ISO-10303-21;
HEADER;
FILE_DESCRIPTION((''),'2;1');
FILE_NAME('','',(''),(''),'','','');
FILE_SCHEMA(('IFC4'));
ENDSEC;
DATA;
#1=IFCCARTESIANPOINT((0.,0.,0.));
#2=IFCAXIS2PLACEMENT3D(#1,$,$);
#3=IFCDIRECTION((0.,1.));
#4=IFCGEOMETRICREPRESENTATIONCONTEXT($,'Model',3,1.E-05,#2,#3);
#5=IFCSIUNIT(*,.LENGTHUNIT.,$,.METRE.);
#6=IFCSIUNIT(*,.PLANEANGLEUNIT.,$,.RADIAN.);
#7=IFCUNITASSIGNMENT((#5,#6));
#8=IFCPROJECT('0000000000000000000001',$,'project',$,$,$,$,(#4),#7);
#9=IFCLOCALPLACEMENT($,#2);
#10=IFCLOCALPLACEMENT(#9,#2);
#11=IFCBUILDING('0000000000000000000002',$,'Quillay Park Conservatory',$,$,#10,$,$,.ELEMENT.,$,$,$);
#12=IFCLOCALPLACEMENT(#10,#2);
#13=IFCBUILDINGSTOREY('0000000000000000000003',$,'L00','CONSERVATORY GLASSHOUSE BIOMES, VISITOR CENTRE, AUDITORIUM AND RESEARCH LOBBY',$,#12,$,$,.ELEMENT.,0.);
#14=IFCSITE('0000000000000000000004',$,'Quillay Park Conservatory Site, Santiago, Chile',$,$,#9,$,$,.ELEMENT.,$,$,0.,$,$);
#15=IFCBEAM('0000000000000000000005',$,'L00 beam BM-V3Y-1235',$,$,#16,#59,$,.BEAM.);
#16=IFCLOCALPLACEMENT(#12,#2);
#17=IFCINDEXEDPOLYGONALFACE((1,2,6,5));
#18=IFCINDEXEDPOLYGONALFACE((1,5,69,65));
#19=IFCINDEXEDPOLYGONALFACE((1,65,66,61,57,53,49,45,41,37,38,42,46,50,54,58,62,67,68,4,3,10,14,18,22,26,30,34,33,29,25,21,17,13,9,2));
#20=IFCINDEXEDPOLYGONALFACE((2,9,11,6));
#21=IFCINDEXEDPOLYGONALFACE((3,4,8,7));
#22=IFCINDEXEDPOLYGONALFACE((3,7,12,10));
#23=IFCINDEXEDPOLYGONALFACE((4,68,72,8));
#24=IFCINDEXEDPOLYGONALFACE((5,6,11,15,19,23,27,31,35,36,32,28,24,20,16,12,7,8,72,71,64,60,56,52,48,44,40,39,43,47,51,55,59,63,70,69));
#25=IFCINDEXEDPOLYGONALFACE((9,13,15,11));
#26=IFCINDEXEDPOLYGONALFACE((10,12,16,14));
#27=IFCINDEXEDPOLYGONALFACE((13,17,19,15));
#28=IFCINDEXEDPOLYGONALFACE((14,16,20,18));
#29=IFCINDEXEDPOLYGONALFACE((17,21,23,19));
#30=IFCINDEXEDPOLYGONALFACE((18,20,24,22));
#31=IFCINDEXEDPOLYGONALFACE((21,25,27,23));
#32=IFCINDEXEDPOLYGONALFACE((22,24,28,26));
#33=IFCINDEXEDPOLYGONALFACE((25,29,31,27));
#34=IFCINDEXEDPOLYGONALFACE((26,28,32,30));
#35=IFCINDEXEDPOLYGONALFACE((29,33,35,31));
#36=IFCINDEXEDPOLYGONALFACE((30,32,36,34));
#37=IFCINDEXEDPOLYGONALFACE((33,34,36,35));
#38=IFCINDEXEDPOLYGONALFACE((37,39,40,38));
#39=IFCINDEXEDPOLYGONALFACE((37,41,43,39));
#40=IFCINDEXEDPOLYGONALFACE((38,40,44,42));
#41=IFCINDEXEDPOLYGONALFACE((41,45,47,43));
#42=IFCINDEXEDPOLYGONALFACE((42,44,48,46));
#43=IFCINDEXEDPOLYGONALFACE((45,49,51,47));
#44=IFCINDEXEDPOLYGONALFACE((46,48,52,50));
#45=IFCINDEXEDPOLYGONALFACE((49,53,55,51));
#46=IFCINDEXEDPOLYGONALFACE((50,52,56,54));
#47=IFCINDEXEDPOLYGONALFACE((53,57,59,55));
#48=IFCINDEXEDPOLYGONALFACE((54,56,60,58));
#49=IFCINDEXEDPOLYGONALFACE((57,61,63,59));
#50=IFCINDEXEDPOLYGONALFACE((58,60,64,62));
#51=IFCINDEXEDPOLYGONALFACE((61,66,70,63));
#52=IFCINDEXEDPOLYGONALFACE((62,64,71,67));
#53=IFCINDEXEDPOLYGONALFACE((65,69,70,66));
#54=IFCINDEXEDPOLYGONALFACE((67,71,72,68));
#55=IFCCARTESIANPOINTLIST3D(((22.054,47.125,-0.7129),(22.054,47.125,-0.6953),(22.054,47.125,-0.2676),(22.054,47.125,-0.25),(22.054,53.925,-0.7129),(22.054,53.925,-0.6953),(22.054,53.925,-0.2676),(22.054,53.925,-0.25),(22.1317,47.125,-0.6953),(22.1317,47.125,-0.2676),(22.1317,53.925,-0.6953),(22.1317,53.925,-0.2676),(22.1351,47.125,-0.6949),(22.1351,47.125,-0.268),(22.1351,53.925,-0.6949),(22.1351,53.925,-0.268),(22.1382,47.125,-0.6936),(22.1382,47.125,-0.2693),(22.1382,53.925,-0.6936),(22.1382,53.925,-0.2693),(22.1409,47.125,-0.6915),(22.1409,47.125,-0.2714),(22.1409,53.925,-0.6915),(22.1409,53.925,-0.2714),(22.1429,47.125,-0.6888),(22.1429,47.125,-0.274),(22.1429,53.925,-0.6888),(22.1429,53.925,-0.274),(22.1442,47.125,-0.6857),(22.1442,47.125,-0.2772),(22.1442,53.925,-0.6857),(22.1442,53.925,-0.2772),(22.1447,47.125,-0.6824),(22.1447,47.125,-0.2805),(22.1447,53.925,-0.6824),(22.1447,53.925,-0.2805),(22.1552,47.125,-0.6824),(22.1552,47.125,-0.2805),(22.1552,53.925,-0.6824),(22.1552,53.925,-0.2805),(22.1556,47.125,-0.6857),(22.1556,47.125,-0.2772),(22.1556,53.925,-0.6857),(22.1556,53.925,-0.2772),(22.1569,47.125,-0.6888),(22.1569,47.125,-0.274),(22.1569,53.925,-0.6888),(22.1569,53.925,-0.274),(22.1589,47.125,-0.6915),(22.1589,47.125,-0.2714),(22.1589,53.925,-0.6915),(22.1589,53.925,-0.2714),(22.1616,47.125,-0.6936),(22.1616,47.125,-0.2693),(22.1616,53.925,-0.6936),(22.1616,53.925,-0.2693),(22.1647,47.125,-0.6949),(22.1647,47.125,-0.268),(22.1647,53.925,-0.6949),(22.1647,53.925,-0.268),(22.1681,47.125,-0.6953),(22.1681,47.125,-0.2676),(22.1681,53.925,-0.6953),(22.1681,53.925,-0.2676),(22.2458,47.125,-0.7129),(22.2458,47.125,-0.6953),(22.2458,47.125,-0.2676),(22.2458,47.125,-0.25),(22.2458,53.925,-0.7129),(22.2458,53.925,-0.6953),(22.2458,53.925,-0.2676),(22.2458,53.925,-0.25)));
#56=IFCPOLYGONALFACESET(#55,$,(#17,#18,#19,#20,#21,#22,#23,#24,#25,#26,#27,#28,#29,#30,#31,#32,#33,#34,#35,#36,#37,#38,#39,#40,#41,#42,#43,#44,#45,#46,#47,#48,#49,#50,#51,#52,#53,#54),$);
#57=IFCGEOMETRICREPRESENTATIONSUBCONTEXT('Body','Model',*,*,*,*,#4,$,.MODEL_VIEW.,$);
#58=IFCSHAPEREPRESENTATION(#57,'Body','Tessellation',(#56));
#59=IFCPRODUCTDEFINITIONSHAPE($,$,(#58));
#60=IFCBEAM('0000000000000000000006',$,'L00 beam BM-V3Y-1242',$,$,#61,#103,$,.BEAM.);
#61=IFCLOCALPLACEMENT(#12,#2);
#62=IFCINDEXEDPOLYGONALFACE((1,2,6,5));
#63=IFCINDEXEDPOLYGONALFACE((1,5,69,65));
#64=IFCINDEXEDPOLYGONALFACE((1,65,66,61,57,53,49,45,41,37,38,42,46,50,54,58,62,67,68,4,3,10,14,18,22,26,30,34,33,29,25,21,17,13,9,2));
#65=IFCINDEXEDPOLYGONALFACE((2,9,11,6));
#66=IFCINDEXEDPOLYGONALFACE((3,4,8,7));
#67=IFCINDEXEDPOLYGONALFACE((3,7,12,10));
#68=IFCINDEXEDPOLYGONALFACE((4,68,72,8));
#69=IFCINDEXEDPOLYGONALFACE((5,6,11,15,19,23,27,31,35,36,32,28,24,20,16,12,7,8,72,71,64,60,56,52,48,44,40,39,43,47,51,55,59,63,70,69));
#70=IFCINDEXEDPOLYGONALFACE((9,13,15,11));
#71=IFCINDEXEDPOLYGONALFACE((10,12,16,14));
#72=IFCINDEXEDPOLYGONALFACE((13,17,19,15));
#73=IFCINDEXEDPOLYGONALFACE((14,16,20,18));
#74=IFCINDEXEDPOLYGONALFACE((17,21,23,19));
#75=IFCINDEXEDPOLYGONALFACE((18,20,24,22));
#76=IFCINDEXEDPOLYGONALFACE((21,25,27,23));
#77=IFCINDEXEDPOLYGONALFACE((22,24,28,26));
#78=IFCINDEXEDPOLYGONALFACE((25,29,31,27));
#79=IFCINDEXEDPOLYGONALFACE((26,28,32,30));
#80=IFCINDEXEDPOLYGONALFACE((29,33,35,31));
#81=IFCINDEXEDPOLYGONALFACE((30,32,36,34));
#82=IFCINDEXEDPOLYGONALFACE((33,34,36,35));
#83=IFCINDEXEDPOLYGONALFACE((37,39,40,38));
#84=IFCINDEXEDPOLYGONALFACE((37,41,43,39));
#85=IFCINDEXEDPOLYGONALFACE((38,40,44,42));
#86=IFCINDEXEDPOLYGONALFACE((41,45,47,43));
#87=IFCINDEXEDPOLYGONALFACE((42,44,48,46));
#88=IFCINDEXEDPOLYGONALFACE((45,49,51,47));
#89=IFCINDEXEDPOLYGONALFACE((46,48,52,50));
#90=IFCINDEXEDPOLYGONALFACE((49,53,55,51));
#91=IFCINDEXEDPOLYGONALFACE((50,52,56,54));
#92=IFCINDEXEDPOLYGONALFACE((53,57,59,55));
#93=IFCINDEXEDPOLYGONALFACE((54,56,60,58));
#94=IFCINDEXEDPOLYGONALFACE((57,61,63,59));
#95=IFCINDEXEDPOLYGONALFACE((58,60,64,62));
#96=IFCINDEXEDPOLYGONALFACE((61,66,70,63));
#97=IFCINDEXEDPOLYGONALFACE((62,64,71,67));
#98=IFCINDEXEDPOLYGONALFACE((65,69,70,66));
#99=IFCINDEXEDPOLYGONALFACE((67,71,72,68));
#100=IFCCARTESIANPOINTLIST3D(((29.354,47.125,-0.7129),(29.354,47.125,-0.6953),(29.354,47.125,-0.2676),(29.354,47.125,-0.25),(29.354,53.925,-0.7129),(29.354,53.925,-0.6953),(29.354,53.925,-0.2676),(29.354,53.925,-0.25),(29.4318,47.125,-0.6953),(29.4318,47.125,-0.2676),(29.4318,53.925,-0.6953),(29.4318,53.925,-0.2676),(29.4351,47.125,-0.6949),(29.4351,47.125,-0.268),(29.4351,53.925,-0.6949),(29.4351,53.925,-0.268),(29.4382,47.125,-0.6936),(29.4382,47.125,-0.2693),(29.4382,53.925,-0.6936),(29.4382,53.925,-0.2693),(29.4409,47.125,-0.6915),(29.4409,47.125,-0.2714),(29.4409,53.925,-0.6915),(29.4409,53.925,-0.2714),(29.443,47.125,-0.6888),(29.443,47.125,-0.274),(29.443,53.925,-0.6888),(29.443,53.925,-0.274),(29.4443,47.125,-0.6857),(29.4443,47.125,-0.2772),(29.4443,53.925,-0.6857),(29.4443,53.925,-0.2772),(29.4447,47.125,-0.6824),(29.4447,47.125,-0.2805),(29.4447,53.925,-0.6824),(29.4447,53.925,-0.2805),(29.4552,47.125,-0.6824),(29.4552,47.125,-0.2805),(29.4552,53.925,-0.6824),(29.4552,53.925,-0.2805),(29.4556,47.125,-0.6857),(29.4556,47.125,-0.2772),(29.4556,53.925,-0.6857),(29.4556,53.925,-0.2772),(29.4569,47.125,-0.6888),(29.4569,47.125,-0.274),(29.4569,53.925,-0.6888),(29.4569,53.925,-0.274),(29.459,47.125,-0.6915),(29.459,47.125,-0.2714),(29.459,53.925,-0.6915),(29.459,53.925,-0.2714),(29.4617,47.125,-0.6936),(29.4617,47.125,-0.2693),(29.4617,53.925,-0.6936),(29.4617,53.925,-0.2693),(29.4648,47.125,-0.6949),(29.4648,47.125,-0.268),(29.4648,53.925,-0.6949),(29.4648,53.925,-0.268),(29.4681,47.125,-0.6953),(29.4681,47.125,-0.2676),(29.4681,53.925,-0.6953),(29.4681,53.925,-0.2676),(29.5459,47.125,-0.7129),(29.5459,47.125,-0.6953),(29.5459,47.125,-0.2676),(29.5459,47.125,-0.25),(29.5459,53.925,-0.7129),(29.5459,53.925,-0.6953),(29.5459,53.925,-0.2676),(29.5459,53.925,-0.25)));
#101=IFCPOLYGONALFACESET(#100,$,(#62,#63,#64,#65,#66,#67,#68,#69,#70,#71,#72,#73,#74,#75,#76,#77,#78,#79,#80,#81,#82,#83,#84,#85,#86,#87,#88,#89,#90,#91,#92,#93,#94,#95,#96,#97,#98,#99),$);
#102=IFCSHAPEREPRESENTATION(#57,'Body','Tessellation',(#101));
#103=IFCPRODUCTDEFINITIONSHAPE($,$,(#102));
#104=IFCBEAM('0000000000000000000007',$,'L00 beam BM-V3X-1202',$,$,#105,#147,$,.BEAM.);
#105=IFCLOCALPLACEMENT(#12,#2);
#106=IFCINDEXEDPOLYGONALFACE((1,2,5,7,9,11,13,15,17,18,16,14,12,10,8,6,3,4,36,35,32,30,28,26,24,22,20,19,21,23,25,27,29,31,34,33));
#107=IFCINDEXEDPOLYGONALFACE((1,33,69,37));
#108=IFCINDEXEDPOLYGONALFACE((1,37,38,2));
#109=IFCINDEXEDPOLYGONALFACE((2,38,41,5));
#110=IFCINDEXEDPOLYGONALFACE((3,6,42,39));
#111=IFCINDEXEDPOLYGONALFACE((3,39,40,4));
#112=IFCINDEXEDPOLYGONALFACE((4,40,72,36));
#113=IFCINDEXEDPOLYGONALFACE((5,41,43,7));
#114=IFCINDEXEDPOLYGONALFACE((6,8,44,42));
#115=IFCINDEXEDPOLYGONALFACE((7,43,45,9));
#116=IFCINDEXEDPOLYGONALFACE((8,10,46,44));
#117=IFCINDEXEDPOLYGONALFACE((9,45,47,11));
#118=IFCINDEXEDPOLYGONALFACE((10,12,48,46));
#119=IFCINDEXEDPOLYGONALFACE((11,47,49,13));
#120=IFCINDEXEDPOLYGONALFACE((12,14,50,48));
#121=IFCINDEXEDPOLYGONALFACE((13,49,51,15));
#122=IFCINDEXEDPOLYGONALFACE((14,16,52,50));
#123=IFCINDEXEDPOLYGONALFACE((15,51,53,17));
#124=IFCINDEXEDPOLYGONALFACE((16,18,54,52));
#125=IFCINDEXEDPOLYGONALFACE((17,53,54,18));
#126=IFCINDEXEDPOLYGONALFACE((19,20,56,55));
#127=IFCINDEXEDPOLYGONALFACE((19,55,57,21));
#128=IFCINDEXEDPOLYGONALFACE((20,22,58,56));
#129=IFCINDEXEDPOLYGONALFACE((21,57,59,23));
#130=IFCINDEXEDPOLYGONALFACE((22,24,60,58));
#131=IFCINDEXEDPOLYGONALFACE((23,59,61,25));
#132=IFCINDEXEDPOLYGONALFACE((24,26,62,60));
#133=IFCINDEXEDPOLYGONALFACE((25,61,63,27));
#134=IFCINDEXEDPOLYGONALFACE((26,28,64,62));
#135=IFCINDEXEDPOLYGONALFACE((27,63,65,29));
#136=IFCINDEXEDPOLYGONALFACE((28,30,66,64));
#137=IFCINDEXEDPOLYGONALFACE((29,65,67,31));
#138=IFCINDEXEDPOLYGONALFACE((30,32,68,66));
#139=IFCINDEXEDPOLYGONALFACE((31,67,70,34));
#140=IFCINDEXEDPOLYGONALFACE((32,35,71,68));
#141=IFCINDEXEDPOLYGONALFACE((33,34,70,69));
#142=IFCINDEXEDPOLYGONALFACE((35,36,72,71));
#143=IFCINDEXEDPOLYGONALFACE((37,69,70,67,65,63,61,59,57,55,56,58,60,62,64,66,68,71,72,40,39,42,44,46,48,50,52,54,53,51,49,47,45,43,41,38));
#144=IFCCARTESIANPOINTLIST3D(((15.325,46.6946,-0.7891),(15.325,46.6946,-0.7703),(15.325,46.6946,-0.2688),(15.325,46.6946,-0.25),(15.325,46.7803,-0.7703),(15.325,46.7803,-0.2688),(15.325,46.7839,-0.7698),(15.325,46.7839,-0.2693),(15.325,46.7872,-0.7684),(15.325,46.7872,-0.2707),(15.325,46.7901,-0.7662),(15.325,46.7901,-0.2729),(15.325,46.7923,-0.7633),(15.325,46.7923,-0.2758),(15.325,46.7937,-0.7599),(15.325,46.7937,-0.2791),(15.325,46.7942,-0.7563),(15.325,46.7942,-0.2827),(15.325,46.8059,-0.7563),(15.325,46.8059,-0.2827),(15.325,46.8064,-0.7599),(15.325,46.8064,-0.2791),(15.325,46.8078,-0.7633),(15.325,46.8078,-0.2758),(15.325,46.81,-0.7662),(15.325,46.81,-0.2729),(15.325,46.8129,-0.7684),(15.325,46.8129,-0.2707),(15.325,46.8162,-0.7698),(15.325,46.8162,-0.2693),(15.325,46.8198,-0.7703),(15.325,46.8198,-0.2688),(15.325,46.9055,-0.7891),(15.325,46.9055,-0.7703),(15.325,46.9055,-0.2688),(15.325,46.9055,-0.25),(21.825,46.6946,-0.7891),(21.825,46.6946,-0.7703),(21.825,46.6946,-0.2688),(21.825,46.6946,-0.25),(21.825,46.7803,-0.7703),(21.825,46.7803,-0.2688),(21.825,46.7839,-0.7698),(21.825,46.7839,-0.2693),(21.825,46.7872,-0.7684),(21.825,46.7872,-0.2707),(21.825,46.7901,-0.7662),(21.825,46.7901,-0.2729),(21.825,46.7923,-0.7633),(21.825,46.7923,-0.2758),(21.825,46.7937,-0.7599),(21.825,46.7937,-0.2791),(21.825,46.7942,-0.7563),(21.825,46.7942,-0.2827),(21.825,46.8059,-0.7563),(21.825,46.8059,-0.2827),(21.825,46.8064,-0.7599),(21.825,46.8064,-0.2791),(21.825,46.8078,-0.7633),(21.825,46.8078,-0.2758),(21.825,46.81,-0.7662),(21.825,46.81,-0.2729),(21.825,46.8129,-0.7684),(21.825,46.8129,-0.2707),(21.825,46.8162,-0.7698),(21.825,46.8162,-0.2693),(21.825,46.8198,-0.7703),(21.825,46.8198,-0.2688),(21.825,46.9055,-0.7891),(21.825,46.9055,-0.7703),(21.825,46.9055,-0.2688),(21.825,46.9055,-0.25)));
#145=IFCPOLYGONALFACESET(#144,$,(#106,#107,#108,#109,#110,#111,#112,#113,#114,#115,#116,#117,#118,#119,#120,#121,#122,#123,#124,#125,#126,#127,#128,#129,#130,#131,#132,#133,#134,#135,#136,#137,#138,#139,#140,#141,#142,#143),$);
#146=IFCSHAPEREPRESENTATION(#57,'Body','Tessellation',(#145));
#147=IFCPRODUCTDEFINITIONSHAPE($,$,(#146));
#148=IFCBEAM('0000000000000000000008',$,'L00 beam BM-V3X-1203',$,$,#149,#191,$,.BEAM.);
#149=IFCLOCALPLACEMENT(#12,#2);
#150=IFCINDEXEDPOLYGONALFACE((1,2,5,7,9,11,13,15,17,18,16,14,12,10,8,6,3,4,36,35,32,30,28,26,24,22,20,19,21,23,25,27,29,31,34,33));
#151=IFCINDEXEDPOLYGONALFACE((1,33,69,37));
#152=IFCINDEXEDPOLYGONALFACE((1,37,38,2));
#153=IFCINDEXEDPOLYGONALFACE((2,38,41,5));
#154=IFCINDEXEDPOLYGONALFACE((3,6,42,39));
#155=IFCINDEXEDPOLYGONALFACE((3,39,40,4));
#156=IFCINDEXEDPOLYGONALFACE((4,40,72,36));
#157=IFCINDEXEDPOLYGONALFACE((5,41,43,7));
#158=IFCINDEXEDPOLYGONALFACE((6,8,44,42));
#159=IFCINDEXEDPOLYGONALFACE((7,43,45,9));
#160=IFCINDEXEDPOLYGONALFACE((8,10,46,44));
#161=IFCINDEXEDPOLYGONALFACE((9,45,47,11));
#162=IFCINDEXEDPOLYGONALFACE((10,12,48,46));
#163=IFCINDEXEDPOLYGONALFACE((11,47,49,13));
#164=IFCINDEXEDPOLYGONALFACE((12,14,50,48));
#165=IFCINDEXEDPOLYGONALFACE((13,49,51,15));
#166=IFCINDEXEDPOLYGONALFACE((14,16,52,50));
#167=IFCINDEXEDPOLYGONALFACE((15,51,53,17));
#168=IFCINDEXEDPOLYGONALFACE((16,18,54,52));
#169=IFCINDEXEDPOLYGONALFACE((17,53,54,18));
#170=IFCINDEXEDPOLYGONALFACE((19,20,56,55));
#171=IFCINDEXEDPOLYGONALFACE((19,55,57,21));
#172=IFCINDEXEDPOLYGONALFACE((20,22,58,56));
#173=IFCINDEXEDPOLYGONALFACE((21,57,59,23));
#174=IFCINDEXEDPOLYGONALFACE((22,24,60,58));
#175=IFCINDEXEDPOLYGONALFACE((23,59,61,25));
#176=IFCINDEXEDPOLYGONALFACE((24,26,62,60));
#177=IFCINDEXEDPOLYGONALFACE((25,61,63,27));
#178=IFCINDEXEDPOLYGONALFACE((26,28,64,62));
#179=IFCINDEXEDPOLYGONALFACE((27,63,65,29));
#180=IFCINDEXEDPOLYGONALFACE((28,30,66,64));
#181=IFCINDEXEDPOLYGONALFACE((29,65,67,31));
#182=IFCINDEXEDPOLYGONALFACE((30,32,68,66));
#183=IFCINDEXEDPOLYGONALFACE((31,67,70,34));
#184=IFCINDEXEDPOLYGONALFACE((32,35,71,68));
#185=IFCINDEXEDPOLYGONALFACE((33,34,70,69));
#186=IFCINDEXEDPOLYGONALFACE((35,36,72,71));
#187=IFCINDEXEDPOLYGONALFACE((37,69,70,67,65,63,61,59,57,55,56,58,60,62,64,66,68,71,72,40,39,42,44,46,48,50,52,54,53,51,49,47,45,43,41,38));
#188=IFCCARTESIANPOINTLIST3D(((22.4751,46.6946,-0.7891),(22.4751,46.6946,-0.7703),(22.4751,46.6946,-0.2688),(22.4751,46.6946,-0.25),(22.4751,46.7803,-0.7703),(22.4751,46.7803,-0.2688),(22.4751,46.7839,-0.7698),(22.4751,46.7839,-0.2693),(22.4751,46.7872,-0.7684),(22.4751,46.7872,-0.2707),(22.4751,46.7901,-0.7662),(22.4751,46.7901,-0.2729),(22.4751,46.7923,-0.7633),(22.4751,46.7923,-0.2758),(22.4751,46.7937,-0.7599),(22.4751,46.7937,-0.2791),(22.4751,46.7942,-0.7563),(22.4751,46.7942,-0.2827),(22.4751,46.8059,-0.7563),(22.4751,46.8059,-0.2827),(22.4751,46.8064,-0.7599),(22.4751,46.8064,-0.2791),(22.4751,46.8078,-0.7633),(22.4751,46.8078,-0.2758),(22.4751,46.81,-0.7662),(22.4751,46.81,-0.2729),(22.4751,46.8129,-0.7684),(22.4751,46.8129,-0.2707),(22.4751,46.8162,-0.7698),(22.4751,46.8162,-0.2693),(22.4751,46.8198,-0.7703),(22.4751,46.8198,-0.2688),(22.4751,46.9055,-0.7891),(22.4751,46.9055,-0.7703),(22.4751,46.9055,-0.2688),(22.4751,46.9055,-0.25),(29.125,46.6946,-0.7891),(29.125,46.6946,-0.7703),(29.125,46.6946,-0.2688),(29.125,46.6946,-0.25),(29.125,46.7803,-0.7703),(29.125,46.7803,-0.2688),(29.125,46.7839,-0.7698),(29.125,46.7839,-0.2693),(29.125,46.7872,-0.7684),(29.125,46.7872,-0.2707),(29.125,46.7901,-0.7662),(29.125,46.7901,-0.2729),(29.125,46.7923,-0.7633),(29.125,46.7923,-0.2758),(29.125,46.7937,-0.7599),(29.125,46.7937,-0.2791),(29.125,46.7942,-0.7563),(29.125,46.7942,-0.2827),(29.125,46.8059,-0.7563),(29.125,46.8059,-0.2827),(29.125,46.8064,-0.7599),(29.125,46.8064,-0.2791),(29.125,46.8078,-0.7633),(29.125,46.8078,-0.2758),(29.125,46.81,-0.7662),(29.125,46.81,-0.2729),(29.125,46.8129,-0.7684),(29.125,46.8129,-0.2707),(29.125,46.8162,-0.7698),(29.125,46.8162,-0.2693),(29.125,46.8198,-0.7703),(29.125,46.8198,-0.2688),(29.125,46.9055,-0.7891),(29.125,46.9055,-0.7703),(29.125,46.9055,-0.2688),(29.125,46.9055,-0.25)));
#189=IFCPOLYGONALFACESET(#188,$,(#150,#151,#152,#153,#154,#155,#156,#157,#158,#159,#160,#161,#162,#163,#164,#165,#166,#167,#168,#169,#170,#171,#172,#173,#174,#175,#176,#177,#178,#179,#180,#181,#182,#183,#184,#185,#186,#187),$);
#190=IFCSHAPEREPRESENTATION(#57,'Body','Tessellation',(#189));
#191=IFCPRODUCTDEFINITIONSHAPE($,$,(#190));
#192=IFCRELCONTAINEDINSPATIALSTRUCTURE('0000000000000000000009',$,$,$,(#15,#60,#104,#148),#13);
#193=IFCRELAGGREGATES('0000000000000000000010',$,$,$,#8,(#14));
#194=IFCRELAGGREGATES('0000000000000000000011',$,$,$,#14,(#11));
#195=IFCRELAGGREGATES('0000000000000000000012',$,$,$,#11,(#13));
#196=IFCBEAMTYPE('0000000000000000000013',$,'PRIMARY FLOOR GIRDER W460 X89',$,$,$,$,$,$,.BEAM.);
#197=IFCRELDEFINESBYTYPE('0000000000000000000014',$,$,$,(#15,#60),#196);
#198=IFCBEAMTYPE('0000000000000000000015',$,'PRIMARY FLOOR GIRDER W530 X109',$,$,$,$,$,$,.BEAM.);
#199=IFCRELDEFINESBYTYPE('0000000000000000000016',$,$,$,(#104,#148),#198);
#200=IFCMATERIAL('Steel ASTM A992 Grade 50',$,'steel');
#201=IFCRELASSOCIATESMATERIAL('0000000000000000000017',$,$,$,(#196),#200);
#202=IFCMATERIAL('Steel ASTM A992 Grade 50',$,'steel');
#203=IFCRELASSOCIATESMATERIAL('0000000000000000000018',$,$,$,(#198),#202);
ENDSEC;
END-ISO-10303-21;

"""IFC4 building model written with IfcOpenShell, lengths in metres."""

from ifc_helpers import new_model, si_unit, direction, frame, origin, origin_2d, place, context, subcontext, project, spatial, i_section, extrude, material, material_profile, profile_set, type_object, element, save


model = new_model("IFC4")

# Units and contexts
model_context = context("Model", 3, precision=1e-05, world=origin(), true_north=direction((0.0, 1.0)))
body_context = subcontext(model_context, "Body", "Model", "MODEL_VIEW")
ifc_project = project(units=[si_unit("LENGTHUNIT", "METRE"), si_unit("PLANEANGLEUNIT", "RADIAN")], contexts=[model_context])

# Site, building, storey
site_placement = place(None, origin())
site = spatial("IfcSite", under=ifc_project, at=site_placement, Name="Quillay Park Conservatory Site, Santiago, Chile", CompositionType="ELEMENT", RefElevation=0.0)
building_placement = place(site_placement, origin())
building = spatial("IfcBuilding", under=site, at=building_placement, Name="Quillay Park Conservatory", CompositionType="ELEMENT")
storey_placement = place(building_placement, origin())
storey = spatial("IfcBuildingStorey", under=building, at=storey_placement, Name="L00", Description="CONSERVATORY GLASSHOUSE BIOMES, VISITOR CENTRE, AUDITORIUM AND RESEARCH LOBBY", CompositionType="ELEMENT", Elevation=0.0)

# Beams
ifc_material_1 = material(Name="Steel ASTM A992 Grade 50", Category="steel")
ifc_material_profile_1 = material_profile(ifc_material_1, i_section(OverallWidth=0.1919, OverallDepth=0.4629, WebThickness=0.0105, FlangeThickness=0.0176, FilletRadius=0.0129, at=origin_2d()), Name="W460x89")
ifc_profile_set_1 = profile_set([ifc_material_profile_1], Name="Steel ASTM A992 Grade 50")
beam_type_1 = type_object("IfcBeamType", Name="PRIMARY FLOOR GIRDER W460 X89", PredefinedType="BEAM", material=ifc_profile_set_1)
for number, where, z_axis, x_axis, name in (
    (1, (22.1499, 47.125, -0.4814), (0.0, 1.0, 0.0), (-1.0, 0.0, 0.0), "L00 beam BM-V3Y-1235"),
    (2, (29.45, 47.125, -0.4814), (0.0, 1.0, 0.0), (-1.0, 0.0, 0.0), "L00 beam BM-V3Y-1242"),
):
    element("IfcBeam", number, at=place(storey_placement, frame(where, z_axis=z_axis, x_axis=x_axis)), inside=storey, type_object=beam_type_1, Name=name, PredefinedType="BEAM", context=body_context, shape_type="SweptSolid", body=[
        extrude(i_section(OverallWidth=0.1919, OverallDepth=0.4629, WebThickness=0.0105, FlangeThickness=0.0176, FilletRadius=0.0129, at=origin_2d()), origin(), (0.0, 0.0, 1.0), 6.8),
    ])
ifc_material_2 = material(Name="Steel ASTM A992 Grade 50", Category="steel")
ifc_material_profile_2 = material_profile(ifc_material_2, i_section(OverallWidth=0.2109, OverallDepth=0.5391, WebThickness=0.0117, FlangeThickness=0.0188, FilletRadius=0.0139, at=origin_2d()), Name="W530x109")
ifc_profile_set_2 = profile_set([ifc_material_profile_2], Name="Steel ASTM A992 Grade 50")
beam_type_2 = type_object("IfcBeamType", Name="PRIMARY FLOOR GIRDER W530 X109", PredefinedType="BEAM", material=ifc_profile_set_2)
beam_1_placement = place(storey_placement, frame((15.325, 46.8, -0.5195), z_axis=(1.0, 0.0, 0.0), x_axis=(0.0, 1.0, 0.0)))
element("IfcBeam", 3, at=beam_1_placement, inside=storey, type_object=beam_type_2, Name="L00 beam BM-V3X-1202", PredefinedType="BEAM", context=body_context, shape_type="SweptSolid", body=[
    extrude(i_section(OverallWidth=0.2109, OverallDepth=0.5391, WebThickness=0.0117, FlangeThickness=0.0188, FilletRadius=0.0139, at=origin_2d()), origin(), (0.0, 0.0, 1.0), 6.5),
])
beam_2_placement = place(storey_placement, frame((22.4751, 46.8, -0.5195), z_axis=(1.0, 0.0, 0.0), x_axis=(0.0, 1.0, 0.0)))
element("IfcBeam", 4, at=beam_2_placement, inside=storey, type_object=beam_type_2, Name="L00 beam BM-V3X-1203", PredefinedType="BEAM", context=body_context, shape_type="SweptSolid", body=[
    extrude(i_section(OverallWidth=0.2109, OverallDepth=0.5391, WebThickness=0.0117, FlangeThickness=0.0188, FilletRadius=0.0139, at=origin_2d()), origin(), (0.0, 0.0, 1.0), 6.6499),
])

save(model, "model.ifc")
